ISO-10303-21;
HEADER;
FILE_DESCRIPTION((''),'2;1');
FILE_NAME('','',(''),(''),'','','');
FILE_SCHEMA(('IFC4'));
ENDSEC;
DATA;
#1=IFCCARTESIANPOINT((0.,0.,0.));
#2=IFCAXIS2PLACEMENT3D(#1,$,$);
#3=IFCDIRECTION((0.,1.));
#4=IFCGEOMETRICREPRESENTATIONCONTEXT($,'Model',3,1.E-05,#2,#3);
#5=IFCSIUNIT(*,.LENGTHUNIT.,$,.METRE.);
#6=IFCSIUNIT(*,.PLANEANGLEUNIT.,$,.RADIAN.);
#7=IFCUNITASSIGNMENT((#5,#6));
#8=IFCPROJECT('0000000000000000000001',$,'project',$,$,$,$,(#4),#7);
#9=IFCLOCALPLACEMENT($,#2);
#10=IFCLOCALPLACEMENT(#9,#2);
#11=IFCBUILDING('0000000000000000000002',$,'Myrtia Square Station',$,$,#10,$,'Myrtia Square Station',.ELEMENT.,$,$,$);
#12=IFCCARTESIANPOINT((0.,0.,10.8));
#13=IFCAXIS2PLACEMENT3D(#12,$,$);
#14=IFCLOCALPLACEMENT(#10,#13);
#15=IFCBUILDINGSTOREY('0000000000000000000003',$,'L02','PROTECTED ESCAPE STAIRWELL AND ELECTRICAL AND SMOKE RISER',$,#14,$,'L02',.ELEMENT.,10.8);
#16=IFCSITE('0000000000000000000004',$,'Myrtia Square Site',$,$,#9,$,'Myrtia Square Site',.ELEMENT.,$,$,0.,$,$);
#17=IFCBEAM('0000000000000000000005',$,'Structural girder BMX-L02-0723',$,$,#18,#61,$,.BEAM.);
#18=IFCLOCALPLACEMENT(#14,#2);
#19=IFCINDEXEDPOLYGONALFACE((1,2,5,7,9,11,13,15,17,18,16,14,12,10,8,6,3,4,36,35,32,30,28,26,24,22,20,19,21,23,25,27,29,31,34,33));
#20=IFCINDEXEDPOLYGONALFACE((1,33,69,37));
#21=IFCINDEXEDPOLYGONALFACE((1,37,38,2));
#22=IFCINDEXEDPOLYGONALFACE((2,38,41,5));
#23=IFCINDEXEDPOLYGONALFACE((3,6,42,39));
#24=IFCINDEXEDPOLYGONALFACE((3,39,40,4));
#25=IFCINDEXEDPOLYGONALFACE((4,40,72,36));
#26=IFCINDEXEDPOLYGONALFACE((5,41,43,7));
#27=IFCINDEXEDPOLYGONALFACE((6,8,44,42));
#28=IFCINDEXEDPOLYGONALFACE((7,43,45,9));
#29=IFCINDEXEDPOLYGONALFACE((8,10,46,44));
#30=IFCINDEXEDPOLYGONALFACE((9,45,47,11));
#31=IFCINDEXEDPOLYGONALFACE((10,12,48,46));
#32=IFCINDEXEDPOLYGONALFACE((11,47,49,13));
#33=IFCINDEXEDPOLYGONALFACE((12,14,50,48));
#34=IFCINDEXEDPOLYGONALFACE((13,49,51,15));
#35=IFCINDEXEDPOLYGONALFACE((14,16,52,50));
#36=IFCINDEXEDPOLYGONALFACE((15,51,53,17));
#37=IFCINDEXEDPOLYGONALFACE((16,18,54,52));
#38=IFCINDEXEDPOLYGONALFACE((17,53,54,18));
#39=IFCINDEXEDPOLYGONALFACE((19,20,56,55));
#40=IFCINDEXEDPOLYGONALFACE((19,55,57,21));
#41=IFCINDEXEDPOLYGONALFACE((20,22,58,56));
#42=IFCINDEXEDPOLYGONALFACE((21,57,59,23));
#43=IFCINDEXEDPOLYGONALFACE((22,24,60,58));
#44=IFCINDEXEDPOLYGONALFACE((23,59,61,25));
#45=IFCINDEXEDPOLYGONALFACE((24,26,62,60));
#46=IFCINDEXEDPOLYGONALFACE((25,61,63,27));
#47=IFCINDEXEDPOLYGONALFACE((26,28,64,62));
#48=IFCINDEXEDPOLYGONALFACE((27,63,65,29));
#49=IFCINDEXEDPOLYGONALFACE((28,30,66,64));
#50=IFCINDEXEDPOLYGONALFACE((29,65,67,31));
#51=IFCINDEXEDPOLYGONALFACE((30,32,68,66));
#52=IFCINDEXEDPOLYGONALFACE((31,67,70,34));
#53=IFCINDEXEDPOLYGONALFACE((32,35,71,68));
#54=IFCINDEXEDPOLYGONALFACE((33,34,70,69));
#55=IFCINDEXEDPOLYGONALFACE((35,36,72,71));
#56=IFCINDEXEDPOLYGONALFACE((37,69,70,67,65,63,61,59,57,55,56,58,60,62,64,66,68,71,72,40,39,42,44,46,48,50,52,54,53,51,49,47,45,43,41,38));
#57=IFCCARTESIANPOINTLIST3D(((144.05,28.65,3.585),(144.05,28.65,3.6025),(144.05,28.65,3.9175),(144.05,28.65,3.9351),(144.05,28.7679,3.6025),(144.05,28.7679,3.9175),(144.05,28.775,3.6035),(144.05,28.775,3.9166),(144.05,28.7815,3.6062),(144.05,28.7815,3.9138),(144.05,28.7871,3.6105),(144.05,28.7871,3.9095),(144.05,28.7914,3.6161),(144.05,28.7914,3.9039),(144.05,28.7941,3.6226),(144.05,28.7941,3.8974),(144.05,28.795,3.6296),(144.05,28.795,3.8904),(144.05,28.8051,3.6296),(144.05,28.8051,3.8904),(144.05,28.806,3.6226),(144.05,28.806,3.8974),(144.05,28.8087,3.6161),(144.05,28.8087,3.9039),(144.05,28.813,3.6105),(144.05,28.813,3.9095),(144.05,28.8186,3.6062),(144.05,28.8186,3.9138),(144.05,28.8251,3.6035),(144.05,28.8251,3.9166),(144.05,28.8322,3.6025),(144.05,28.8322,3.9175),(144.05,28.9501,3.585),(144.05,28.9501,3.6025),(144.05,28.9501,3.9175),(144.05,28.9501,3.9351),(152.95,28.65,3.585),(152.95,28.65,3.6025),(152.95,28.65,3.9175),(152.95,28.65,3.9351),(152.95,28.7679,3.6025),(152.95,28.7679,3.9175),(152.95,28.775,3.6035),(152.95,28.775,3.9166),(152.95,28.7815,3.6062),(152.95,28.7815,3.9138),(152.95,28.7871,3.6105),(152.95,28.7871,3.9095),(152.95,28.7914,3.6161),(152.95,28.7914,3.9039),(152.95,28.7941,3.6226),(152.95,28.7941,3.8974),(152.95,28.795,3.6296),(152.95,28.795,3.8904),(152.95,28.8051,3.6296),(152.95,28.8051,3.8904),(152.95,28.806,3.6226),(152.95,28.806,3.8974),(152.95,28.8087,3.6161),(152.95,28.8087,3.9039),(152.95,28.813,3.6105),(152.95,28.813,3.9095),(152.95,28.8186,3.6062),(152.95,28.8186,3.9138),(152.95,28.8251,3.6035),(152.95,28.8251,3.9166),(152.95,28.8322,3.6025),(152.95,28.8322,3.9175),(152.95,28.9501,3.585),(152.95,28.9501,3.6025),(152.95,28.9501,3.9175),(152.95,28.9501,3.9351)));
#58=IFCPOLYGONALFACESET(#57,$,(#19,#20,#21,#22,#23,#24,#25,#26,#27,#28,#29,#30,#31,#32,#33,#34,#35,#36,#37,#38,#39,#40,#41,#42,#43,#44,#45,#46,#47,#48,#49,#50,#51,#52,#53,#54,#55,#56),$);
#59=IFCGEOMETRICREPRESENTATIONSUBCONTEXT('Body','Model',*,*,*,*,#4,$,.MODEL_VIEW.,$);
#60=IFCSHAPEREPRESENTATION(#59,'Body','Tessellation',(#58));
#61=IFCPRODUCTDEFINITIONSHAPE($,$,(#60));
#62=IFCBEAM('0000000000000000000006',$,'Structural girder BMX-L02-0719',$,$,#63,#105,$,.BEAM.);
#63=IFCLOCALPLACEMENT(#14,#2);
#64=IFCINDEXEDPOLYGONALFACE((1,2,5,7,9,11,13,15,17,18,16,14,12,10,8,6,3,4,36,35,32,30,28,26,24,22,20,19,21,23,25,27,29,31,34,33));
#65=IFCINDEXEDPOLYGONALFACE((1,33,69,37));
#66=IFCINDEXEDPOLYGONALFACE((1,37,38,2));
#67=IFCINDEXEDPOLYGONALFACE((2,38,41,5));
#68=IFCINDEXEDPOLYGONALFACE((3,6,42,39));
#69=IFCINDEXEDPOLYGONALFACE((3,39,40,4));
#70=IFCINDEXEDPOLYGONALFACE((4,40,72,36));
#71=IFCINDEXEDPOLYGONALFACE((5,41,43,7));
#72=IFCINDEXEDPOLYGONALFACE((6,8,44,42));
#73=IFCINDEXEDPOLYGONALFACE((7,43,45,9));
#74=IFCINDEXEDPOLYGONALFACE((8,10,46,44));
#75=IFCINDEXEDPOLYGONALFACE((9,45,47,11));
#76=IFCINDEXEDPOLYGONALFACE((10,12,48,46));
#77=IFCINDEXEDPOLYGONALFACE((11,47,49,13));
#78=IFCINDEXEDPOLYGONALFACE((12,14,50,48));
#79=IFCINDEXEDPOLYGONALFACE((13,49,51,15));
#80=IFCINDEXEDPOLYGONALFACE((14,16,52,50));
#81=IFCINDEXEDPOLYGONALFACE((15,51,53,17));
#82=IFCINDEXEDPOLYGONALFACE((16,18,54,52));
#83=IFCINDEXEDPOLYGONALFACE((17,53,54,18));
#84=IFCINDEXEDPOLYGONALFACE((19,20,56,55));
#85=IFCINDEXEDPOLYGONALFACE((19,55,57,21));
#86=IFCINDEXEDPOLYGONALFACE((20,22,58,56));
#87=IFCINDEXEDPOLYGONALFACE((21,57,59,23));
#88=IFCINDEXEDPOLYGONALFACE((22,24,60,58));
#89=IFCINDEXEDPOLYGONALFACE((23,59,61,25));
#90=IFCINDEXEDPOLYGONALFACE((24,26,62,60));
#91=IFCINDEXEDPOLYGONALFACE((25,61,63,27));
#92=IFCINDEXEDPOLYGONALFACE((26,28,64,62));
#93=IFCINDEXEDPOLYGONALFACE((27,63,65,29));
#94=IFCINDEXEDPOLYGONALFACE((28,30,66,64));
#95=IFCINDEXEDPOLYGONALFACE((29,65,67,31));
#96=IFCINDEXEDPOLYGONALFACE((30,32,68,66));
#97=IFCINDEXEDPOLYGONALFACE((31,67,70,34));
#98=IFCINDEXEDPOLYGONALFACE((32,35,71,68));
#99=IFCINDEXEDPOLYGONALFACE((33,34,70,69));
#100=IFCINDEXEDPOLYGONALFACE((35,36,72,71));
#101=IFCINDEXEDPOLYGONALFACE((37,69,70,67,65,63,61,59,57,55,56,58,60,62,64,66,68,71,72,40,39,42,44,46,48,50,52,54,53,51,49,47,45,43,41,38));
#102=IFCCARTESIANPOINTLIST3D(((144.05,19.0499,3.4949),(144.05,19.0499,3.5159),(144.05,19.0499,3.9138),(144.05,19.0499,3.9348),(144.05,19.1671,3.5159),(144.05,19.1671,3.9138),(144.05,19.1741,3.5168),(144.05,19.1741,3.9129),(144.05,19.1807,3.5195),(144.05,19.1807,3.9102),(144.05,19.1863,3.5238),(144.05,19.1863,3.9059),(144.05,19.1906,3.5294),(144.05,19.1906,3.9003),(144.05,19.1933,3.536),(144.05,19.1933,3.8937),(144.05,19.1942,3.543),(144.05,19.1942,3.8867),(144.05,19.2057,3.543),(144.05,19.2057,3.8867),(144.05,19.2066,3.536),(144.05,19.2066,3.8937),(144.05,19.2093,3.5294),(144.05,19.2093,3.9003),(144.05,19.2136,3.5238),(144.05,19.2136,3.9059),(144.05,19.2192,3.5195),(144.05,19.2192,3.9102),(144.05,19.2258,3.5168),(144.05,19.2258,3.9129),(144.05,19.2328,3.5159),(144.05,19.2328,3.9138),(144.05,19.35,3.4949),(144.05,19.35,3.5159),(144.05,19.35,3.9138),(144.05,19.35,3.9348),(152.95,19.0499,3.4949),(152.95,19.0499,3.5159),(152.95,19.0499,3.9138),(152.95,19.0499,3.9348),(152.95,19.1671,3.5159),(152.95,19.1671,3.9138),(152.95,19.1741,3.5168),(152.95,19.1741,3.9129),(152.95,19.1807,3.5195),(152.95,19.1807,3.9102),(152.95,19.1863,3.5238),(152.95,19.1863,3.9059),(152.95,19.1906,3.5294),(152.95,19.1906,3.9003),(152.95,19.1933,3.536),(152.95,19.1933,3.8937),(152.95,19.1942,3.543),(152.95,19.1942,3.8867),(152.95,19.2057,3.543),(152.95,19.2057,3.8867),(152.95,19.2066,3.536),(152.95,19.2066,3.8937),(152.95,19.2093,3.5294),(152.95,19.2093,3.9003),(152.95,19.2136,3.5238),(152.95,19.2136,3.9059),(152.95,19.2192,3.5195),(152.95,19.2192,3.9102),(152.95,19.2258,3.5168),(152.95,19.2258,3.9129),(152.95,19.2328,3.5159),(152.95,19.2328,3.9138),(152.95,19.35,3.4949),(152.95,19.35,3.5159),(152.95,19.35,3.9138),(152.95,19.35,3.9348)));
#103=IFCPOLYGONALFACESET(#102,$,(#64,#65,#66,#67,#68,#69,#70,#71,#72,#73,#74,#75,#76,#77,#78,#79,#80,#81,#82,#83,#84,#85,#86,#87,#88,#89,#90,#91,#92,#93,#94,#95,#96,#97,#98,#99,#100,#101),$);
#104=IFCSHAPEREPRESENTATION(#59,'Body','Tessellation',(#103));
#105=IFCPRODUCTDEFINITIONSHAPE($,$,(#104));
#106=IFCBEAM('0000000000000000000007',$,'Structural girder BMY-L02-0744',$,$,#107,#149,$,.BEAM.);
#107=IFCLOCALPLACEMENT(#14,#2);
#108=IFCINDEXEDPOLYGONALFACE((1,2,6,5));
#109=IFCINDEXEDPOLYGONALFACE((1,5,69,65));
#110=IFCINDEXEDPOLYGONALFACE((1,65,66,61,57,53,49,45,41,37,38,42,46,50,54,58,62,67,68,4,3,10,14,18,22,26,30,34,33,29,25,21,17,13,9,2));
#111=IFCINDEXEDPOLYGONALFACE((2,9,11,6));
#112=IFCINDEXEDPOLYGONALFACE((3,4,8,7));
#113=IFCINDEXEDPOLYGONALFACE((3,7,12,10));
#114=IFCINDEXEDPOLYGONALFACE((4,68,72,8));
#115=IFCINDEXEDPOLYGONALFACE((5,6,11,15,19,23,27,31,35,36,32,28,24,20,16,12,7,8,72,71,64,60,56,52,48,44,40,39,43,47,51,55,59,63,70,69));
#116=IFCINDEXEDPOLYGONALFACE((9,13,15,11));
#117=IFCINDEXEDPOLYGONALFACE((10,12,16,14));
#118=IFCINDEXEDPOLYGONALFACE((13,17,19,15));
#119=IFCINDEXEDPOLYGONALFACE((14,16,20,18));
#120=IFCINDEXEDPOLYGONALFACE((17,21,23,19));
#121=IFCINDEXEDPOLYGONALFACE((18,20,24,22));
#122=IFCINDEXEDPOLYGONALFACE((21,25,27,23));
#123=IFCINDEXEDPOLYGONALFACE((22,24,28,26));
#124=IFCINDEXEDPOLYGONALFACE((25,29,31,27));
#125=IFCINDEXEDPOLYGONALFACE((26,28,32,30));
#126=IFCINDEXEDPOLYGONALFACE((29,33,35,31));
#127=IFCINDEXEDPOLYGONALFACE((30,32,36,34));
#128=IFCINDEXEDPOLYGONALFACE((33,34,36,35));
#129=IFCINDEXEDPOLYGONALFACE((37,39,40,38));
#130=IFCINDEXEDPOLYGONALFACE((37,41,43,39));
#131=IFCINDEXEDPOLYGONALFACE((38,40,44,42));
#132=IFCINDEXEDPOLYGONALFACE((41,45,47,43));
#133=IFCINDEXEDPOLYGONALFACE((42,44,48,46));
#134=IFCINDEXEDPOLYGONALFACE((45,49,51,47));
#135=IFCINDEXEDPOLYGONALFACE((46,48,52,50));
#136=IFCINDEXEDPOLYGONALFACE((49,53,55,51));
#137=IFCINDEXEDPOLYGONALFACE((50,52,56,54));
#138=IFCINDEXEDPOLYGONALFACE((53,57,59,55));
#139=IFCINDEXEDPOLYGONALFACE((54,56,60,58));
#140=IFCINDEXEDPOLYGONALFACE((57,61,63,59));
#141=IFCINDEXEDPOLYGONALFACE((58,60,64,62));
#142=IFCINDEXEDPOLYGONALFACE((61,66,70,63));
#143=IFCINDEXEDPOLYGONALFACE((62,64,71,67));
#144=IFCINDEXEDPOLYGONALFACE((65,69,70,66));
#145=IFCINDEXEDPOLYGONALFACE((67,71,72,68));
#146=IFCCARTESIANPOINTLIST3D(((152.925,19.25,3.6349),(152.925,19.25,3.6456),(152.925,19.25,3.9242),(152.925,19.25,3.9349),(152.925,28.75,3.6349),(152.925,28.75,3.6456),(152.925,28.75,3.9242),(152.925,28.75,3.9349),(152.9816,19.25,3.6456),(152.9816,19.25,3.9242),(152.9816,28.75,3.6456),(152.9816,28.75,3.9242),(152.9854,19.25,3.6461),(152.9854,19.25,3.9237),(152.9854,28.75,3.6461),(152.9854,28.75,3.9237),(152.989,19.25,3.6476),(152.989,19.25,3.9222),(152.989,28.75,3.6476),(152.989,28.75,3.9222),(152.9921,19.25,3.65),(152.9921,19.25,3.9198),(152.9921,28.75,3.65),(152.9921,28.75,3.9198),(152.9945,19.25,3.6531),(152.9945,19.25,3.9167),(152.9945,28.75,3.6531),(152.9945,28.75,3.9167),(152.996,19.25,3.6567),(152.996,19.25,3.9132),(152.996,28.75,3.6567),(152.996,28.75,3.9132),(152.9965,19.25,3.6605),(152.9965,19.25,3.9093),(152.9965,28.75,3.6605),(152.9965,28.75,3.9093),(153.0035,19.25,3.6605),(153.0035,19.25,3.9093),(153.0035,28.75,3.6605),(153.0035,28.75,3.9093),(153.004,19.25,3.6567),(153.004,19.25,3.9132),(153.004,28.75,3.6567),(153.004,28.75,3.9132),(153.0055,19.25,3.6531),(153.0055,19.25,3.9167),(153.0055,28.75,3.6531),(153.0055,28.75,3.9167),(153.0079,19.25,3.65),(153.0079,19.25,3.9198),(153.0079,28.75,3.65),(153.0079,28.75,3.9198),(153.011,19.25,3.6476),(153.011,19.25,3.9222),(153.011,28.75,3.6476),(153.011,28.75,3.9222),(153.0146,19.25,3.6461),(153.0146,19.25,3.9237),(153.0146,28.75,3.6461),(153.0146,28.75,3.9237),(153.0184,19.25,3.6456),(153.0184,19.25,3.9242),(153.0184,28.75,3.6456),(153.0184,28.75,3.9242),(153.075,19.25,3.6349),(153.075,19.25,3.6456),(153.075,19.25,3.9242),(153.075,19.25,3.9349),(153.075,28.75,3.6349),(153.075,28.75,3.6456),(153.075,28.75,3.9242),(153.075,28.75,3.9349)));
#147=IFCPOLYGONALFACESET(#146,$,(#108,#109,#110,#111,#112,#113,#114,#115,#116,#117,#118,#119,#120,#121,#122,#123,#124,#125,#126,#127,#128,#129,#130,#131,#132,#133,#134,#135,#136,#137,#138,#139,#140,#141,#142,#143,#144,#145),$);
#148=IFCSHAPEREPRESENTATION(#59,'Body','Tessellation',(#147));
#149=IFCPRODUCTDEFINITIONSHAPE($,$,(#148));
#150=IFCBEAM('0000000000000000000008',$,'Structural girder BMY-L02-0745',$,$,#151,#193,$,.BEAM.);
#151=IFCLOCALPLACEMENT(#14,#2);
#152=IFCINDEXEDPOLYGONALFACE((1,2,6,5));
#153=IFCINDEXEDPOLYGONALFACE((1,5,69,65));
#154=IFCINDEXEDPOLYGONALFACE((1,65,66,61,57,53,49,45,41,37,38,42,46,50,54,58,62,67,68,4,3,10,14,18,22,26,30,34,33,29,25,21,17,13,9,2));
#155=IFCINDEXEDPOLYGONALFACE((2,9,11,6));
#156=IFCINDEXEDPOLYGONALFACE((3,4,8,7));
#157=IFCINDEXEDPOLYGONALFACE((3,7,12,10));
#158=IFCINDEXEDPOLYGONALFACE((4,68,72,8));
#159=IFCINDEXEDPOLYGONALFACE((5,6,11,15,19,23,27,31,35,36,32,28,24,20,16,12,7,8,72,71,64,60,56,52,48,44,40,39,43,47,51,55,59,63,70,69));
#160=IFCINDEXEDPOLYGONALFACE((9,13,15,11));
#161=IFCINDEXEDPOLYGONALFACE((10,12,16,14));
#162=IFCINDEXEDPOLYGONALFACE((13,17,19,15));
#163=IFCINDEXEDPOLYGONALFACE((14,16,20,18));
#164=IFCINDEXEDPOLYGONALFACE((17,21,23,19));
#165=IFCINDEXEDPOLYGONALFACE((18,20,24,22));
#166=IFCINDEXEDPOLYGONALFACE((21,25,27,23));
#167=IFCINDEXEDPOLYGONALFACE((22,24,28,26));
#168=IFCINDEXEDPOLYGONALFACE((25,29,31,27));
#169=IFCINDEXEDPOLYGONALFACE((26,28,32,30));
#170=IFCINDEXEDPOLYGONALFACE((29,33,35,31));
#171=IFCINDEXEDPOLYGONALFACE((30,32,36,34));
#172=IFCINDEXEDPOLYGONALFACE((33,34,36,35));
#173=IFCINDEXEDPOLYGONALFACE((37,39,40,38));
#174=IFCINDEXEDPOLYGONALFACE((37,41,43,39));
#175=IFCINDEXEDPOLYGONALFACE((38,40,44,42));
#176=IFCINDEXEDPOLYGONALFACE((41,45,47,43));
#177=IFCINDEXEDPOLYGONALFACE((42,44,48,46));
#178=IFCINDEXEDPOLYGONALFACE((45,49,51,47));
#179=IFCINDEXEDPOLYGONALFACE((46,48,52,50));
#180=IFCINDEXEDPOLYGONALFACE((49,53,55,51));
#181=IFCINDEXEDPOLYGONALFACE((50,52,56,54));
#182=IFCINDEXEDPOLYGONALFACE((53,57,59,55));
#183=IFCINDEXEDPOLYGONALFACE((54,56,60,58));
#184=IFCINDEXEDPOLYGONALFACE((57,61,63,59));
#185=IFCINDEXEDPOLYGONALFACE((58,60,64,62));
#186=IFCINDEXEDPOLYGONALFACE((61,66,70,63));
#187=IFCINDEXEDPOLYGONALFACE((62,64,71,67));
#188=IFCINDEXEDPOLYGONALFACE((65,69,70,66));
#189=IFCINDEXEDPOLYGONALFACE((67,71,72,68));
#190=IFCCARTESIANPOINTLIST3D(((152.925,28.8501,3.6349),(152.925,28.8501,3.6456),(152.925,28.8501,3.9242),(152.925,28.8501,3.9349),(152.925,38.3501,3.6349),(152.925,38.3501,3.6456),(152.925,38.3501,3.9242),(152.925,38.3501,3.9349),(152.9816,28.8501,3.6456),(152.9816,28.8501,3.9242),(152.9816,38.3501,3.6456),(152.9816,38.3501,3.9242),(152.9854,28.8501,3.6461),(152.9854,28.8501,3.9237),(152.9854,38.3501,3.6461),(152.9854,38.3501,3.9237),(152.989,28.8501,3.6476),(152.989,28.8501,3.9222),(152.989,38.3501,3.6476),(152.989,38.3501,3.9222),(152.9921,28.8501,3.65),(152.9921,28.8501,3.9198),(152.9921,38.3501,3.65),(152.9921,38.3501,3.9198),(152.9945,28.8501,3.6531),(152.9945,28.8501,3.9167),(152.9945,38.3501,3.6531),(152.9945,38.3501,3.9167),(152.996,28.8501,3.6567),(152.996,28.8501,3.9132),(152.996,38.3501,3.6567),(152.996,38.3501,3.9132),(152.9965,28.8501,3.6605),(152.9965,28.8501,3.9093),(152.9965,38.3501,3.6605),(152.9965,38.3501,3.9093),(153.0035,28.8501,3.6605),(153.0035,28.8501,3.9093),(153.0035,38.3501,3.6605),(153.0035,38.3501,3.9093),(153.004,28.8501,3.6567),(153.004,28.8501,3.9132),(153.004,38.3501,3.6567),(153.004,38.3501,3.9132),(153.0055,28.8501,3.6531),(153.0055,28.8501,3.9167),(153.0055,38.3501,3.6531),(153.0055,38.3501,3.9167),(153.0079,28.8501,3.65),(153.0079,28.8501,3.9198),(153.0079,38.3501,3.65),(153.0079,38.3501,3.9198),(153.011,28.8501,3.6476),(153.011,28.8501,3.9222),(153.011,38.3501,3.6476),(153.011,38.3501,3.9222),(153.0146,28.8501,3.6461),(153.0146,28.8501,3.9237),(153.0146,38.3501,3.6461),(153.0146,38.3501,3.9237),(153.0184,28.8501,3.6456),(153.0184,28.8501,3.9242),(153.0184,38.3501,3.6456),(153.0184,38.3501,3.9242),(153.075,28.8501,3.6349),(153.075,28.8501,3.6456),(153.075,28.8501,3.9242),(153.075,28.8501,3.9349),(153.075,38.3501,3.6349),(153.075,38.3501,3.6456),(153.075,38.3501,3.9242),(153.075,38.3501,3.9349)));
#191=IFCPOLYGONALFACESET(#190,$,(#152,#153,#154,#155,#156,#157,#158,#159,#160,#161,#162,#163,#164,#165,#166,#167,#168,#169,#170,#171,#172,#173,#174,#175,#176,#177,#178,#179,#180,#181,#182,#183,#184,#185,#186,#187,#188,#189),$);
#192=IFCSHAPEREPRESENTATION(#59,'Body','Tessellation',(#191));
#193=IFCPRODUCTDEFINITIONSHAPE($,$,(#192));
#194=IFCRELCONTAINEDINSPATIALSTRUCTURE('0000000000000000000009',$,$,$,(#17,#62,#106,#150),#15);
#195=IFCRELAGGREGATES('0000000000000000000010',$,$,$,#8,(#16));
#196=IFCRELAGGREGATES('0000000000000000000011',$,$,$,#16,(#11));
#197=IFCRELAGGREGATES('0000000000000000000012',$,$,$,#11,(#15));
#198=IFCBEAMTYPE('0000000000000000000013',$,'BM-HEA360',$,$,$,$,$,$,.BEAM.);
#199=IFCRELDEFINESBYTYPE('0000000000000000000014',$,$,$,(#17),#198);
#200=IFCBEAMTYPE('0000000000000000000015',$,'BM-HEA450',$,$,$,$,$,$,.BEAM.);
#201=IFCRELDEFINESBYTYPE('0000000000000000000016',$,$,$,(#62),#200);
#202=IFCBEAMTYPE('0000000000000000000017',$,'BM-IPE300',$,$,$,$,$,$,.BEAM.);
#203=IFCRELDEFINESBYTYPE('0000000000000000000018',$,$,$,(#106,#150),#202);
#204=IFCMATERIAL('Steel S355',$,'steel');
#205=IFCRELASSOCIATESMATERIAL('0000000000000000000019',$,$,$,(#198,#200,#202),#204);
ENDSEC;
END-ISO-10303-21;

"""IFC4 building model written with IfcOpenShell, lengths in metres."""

from ifc_helpers import new_model, si_unit, direction, frame, origin, origin_2d, place, context, subcontext, project, spatial, i_section, extrude, material, material_profile, profile_set, type_object, element, save


model = new_model("IFC4")

# Units and contexts
model_context = context("Model", 3, precision=1e-05, world=origin(), true_north=direction((0.0, 1.0)))
body_context = subcontext(model_context, "Body", "Model", "MODEL_VIEW")
ifc_project = project(units=[si_unit("LENGTHUNIT", "METRE"), si_unit("PLANEANGLEUNIT", "RADIAN")], contexts=[model_context])

# Site, building, storey
site_placement = place(None, origin())
site = spatial("IfcSite", under=ifc_project, at=site_placement, Name="Myrtia Square Site", LongName="Myrtia Square Site", CompositionType="ELEMENT", RefElevation=0.0)
building_placement = place(site_placement, origin())
building = spatial("IfcBuilding", under=site, at=building_placement, Name="Myrtia Square Station", LongName="Myrtia Square Station", CompositionType="ELEMENT")
storey_placement = place(building_placement, frame((0.0, 0.0, 10.8)))
storey = spatial("IfcBuildingStorey", under=building, at=storey_placement, Name="L02", Description="PROTECTED ESCAPE STAIRWELL AND ELECTRICAL AND SMOKE RISER", LongName="L02", CompositionType="ELEMENT", Elevation=10.8)

# Shared definitions
ifc_material_1 = material(Name="Steel S355", Category="steel")

# Beams
ifc_material_profile_1 = material_profile(ifc_material_1, i_section(OverallWidth=0.3, OverallDepth=0.3501, WebThickness=0.01, FlangeThickness=0.0176, FilletRadius=0.0271, at=origin_2d()), Name="HEA 360")
ifc_profile_set_1 = profile_set([ifc_material_profile_1], Name="Steel S355")
beam_type_1 = type_object("IfcBeamType", Name="BM-HEA360", PredefinedType="BEAM", material=ifc_profile_set_1)
beam_1_placement = place(storey_placement, frame((144.05, 28.8, 3.76), z_axis=(1.0, 0.0, 0.0), x_axis=(0.0, 1.0, 0.0)))
element("IfcBeam", 1, at=beam_1_placement, inside=storey, type_object=beam_type_1, Name="Structural girder BMX-L02-0723", PredefinedType="BEAM", context=body_context, shape_type="SweptSolid", body=[
    extrude(i_section(OverallWidth=0.3, OverallDepth=0.3501, WebThickness=0.01, FlangeThickness=0.0176, FilletRadius=0.0271, at=origin_2d()), origin(), (0.0, 0.0, 1.0), 8.8999),
])
ifc_material_profile_2 = material_profile(ifc_material_1, i_section(OverallWidth=0.3, OverallDepth=0.4399, WebThickness=0.0115, FlangeThickness=0.021, FilletRadius=0.0271, at=origin_2d()), Name="HEA 450")
ifc_profile_set_2 = profile_set([ifc_material_profile_2], Name="Steel S355")
beam_type_2 = type_object("IfcBeamType", Name="BM-HEA450", PredefinedType="BEAM", material=ifc_profile_set_2)
beam_2_placement = place(storey_placement, frame((144.05, 19.2, 3.7148), z_axis=(1.0, 0.0, 0.0), x_axis=(0.0, 1.0, 0.0)))
element("IfcBeam", 2, at=beam_2_placement, inside=storey, type_object=beam_type_2, Name="Structural girder BMX-L02-0719", PredefinedType="BEAM", context=body_context, shape_type="SweptSolid", body=[
    extrude(i_section(OverallWidth=0.3, OverallDepth=0.4399, WebThickness=0.0115, FlangeThickness=0.021, FilletRadius=0.0271, at=origin_2d()), origin(), (0.0, 0.0, 1.0), 8.8999),
])
ifc_material_profile_3 = material_profile(ifc_material_1, i_section(OverallWidth=0.1499, OverallDepth=0.3, WebThickness=0.0071, FlangeThickness=0.0107, FilletRadius=0.0149, at=origin_2d()), Name="IPE 300")
ifc_profile_set_3 = profile_set([ifc_material_profile_3], Name="Steel S355")
beam_type_3 = type_object("IfcBeamType", Name="BM-IPE300", PredefinedType="BEAM", material=ifc_profile_set_3)
for number, where, z_axis, x_axis, name in (
    (3, (153.0, 19.25, 3.7849), (0.0, 1.0, 0.0), (-1.0, 0.0, 0.0), "Structural girder BMY-L02-0744"),
    (4, (153.0, 28.8501, 3.7849), (0.0, 1.0, 0.0), (-1.0, 0.0, 0.0), "Structural girder BMY-L02-0745"),
):
    element("IfcBeam", number, at=place(storey_placement, frame(where, z_axis=z_axis, x_axis=x_axis)), inside=storey, type_object=beam_type_3, Name=name, PredefinedType="BEAM", context=body_context, shape_type="SweptSolid", body=[
        extrude(i_section(OverallWidth=0.1499, OverallDepth=0.3, WebThickness=0.0071, FlangeThickness=0.0107, FilletRadius=0.0149, at=origin_2d()), origin(), (0.0, 0.0, 1.0), 9.5),
    ])

save(model, "model.ifc")
